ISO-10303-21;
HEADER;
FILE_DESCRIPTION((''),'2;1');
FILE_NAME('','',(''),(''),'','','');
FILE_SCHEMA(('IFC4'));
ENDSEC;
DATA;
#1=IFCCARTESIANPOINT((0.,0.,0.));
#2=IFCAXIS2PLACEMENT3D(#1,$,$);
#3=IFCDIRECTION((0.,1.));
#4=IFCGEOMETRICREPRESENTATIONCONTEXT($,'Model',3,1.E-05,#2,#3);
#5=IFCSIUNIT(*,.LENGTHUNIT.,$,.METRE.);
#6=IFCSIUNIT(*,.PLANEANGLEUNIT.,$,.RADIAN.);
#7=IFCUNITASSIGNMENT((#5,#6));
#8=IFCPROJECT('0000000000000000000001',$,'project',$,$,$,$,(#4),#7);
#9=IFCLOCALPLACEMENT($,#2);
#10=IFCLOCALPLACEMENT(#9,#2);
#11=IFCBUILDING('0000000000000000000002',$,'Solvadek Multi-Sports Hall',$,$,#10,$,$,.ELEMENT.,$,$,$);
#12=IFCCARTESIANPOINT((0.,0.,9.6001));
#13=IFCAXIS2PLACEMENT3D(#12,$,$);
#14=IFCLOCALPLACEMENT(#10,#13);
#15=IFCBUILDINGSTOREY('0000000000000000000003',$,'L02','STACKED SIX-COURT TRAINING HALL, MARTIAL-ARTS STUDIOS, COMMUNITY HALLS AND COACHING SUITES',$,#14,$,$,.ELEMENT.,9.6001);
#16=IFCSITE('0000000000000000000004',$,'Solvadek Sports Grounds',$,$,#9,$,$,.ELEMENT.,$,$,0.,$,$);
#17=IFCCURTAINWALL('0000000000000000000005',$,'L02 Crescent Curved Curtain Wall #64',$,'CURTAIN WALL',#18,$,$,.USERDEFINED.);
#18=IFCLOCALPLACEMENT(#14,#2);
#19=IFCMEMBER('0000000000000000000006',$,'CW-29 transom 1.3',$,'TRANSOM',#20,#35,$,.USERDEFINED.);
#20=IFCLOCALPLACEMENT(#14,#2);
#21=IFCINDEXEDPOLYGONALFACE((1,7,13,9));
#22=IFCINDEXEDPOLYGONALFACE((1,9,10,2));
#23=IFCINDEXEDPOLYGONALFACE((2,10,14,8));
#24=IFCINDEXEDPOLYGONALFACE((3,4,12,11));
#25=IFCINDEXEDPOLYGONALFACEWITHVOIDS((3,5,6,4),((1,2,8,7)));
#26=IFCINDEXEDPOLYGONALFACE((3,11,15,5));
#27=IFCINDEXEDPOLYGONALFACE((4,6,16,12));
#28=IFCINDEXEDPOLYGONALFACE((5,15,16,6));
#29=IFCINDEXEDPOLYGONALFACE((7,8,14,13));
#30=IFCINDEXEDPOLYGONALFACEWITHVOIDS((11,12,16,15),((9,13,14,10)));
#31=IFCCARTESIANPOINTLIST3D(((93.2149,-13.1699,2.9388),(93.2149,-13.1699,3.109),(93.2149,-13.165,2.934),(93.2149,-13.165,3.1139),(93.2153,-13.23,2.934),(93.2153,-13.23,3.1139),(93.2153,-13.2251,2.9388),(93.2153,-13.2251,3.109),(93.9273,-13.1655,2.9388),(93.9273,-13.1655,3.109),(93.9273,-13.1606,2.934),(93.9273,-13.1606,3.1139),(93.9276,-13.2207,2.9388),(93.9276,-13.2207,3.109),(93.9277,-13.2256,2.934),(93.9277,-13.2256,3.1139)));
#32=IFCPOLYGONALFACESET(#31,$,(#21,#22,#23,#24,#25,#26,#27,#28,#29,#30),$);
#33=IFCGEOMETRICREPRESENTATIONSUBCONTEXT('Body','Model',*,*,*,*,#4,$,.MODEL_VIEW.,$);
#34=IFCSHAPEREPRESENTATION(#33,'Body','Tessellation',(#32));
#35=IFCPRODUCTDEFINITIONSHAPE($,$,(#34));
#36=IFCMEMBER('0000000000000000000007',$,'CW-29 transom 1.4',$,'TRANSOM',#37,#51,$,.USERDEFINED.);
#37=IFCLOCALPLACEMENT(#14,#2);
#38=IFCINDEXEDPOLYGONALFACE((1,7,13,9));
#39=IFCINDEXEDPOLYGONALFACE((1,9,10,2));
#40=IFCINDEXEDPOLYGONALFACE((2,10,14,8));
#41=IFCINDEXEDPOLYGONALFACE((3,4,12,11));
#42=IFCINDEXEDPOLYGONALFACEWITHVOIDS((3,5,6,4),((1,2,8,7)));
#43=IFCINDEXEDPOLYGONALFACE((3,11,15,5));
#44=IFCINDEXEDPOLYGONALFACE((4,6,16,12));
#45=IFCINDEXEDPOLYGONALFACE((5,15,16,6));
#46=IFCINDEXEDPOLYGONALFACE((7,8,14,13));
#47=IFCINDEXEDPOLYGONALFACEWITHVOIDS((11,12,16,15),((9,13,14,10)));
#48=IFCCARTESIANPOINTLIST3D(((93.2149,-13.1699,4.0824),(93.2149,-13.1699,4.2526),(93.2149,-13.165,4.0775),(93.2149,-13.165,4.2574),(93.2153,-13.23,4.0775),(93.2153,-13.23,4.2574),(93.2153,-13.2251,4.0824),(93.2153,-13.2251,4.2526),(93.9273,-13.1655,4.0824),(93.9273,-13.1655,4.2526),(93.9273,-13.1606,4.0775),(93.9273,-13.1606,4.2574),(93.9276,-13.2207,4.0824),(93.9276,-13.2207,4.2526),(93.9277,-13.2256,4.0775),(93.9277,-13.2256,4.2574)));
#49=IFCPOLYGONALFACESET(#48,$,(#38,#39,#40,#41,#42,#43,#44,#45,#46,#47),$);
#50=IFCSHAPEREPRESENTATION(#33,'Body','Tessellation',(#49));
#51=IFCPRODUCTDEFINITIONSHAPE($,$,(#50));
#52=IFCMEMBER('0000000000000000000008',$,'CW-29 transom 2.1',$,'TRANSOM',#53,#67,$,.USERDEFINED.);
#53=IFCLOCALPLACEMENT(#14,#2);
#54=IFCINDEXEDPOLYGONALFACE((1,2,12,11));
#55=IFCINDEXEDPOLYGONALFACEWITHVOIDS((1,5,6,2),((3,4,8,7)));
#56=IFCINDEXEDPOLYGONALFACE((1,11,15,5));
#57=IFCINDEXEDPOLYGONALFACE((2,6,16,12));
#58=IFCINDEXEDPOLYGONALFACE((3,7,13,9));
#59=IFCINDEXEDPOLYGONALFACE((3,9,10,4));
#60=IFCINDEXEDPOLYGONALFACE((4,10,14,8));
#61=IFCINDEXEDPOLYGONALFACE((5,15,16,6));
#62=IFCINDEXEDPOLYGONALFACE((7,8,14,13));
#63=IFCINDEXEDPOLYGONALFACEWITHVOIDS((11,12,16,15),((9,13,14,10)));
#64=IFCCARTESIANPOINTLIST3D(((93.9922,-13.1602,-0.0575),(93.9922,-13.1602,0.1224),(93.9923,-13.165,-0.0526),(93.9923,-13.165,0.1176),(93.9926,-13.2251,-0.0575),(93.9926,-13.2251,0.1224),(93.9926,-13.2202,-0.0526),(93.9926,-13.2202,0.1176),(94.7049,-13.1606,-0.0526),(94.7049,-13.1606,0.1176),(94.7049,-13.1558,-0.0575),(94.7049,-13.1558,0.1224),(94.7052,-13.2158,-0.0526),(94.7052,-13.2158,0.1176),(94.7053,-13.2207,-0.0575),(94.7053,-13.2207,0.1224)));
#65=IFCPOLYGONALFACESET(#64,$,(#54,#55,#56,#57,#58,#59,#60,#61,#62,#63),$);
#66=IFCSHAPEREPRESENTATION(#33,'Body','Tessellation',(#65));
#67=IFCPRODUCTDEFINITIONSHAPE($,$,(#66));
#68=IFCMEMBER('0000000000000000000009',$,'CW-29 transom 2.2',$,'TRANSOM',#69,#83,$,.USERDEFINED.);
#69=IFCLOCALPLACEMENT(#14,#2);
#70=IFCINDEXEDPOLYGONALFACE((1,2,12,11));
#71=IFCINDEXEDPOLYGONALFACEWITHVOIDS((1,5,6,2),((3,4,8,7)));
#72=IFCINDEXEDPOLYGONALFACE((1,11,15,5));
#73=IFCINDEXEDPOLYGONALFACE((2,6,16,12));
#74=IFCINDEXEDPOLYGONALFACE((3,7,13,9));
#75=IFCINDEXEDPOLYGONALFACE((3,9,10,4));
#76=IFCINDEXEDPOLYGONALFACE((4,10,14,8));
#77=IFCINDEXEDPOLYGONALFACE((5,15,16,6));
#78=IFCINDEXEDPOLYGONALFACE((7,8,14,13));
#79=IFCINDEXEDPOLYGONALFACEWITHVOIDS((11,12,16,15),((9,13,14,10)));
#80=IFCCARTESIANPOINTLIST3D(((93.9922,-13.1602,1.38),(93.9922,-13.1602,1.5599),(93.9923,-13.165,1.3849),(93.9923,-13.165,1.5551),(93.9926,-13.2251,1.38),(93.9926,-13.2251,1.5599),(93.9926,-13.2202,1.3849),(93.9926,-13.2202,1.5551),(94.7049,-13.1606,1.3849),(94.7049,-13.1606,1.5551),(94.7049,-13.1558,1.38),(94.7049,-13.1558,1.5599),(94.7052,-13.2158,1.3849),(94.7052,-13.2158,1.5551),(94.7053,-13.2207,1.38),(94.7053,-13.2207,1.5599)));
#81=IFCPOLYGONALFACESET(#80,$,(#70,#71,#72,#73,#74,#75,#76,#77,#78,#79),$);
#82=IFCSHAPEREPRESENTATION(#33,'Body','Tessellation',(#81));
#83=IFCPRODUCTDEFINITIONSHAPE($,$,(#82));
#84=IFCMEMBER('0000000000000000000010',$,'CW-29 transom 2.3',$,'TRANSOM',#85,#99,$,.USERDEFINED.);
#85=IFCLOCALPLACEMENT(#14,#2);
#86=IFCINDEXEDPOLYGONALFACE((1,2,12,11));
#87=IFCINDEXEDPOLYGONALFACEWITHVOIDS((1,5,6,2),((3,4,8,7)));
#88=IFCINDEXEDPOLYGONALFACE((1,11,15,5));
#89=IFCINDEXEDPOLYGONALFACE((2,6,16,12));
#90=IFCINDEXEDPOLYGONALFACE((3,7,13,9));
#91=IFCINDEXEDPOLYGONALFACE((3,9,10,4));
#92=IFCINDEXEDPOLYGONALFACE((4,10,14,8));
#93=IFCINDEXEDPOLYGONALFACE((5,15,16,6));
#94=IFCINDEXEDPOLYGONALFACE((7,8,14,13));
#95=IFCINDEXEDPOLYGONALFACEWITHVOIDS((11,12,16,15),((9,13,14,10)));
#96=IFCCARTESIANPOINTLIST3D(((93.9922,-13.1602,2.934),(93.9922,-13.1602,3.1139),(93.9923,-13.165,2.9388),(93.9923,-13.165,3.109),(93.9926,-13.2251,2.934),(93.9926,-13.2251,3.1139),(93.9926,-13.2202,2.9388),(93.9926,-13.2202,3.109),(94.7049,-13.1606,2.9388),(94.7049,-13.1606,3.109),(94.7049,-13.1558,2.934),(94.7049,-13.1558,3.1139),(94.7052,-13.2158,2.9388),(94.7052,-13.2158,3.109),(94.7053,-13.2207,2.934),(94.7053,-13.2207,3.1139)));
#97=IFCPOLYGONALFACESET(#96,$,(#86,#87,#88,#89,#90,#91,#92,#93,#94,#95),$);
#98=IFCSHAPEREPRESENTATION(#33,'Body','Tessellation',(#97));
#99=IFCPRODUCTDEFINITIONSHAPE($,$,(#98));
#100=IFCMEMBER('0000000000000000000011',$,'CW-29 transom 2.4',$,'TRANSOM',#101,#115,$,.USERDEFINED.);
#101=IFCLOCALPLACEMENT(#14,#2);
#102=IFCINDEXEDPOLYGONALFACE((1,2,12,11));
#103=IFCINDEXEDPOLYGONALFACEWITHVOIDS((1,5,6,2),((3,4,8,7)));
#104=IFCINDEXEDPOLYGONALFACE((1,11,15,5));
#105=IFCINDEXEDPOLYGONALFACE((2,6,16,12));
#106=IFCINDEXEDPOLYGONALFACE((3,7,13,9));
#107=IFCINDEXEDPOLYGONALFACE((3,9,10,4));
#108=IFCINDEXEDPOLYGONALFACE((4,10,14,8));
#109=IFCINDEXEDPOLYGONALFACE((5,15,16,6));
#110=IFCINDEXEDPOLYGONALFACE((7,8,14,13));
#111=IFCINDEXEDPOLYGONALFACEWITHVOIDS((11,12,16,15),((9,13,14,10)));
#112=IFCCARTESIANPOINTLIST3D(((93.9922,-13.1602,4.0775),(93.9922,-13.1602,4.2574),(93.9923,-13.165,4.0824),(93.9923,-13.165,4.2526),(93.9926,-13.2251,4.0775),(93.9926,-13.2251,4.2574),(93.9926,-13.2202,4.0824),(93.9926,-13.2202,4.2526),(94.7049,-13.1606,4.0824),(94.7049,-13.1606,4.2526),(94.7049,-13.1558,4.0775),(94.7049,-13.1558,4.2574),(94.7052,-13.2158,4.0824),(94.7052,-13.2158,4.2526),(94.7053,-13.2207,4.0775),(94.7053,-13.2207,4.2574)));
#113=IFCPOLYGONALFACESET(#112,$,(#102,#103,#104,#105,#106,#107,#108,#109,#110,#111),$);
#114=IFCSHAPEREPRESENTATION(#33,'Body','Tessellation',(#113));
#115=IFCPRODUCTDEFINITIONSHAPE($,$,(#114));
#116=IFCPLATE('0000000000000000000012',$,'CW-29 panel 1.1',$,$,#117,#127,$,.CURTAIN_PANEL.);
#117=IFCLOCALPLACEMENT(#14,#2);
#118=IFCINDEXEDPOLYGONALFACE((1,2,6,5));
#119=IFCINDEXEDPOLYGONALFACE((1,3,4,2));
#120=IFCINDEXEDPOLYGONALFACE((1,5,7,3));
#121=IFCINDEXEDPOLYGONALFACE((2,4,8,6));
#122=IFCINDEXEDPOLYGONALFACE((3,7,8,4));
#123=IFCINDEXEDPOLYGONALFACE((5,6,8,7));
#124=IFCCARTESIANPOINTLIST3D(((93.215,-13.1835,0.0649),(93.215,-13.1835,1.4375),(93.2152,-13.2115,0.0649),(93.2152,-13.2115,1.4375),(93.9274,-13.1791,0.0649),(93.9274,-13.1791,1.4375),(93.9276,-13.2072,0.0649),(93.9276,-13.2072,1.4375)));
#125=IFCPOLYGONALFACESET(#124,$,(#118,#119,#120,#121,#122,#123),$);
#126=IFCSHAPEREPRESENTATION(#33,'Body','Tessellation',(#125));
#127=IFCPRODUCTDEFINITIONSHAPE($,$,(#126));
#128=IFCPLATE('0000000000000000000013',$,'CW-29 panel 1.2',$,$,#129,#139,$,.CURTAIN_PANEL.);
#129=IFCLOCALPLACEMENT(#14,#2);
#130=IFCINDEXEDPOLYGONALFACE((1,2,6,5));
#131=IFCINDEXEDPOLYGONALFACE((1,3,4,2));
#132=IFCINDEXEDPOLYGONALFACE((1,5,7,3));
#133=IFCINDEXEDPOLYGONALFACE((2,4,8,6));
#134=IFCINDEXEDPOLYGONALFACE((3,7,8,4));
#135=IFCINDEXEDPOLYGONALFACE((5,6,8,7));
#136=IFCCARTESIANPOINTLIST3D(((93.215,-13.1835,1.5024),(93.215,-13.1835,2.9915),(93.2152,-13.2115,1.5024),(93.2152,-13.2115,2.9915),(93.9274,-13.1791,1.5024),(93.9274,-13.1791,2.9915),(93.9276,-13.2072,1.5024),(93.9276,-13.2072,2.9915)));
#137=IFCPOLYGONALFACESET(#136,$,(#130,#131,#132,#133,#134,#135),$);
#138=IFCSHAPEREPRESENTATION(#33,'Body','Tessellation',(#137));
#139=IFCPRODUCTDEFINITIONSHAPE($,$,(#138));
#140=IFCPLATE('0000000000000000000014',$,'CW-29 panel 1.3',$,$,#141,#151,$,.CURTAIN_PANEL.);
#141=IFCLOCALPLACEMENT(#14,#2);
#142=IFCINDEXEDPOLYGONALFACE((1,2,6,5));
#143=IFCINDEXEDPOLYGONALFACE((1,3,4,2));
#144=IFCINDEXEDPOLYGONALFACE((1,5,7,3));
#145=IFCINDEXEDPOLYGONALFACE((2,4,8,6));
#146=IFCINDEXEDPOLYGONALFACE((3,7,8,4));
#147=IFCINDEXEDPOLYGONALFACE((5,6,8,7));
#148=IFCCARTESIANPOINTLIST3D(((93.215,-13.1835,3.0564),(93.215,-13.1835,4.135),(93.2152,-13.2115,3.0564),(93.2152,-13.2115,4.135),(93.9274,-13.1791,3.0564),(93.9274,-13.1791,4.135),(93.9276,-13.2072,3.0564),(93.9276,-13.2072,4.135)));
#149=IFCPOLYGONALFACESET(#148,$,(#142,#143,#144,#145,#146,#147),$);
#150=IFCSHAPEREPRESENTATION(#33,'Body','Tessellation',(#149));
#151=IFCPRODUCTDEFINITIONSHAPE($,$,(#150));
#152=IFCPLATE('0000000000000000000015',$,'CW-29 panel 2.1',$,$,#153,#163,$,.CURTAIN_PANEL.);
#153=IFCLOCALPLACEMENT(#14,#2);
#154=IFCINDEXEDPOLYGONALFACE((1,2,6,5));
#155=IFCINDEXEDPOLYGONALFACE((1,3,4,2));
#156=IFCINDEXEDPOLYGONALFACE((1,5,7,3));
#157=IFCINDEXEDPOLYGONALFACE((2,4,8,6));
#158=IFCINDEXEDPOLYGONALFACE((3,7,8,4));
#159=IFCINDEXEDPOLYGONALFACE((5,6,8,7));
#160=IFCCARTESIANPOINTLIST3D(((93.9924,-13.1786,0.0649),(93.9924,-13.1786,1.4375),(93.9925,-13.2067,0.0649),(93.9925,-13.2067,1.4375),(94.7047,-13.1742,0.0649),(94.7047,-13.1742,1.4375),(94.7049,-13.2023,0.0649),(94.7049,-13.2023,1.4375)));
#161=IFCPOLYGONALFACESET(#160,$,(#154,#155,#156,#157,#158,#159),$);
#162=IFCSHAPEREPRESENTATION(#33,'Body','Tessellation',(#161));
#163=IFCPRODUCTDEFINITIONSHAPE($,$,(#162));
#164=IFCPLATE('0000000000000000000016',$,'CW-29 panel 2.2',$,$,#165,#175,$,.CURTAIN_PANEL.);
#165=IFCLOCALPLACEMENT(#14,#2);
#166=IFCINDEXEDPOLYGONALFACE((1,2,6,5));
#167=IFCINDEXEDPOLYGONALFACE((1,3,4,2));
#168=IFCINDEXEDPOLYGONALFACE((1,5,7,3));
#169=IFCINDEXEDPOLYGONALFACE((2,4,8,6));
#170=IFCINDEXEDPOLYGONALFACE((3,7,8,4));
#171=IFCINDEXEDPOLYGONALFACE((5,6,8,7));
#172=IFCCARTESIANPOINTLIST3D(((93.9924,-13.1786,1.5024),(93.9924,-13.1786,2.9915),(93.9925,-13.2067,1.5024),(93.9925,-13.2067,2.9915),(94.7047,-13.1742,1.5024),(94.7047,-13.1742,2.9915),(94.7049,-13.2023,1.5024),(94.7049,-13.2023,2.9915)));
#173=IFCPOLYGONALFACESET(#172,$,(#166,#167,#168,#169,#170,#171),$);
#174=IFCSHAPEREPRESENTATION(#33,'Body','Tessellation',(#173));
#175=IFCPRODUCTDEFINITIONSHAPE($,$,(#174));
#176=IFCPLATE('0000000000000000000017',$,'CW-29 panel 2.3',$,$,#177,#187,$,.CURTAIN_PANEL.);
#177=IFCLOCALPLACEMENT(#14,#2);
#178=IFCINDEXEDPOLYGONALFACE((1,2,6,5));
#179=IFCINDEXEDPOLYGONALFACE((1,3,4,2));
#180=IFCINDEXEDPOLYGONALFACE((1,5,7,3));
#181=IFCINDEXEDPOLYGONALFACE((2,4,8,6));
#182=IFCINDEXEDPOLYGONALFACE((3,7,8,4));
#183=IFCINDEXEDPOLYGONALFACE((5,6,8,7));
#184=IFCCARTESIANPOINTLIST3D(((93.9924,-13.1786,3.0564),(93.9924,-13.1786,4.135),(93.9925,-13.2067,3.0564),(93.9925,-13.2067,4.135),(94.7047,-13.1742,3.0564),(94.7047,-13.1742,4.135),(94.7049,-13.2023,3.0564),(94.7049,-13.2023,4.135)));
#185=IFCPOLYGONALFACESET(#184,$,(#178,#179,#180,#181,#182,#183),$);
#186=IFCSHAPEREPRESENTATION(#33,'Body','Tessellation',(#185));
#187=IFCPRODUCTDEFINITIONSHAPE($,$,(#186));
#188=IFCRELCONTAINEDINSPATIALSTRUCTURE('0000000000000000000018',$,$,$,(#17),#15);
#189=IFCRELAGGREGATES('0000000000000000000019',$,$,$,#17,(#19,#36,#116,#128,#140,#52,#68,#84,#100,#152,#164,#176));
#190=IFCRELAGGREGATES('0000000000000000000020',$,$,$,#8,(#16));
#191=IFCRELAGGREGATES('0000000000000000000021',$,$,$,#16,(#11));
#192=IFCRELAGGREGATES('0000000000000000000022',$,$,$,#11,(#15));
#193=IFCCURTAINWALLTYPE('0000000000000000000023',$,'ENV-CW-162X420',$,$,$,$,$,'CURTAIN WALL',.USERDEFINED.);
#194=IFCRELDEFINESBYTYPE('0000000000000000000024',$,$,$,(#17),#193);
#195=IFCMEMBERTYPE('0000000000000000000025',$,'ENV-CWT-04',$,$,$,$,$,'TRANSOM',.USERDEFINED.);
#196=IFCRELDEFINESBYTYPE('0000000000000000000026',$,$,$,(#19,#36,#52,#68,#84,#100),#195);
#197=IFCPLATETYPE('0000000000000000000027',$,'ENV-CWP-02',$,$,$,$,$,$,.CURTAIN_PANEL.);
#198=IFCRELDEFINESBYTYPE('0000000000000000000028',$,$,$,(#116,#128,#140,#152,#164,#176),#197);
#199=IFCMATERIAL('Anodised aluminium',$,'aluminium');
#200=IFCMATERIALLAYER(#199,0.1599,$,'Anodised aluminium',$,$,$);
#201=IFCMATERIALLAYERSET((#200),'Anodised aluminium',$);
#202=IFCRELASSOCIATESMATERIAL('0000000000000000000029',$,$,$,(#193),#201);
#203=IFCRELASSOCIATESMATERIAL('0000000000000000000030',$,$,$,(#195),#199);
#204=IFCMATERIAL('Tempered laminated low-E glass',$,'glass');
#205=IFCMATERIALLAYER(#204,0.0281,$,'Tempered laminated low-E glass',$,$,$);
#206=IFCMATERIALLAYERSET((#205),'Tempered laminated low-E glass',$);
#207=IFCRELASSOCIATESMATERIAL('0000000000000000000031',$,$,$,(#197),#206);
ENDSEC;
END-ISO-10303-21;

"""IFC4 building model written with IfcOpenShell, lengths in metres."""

from ifc_helpers import new_model, si_unit, direction, frame, origin, origin_2d, place, context, subcontext, project, spatial, rectangle, hollow_rectangle, extrude, material, layer, layer_set, material_profile, profile_set, type_object, element, aggregate, save


model = new_model("IFC4")

# Units and contexts
model_context = context("Model", 3, precision=1e-05, world=origin(), true_north=direction((0.0, 1.0)))
body_context = subcontext(model_context, "Body", "Model", "MODEL_VIEW")
ifc_project = project(units=[si_unit("LENGTHUNIT", "METRE"), si_unit("PLANEANGLEUNIT", "RADIAN")], contexts=[model_context])

# Site, building, storey
site_placement = place(None, origin())
site = spatial("IfcSite", under=ifc_project, at=site_placement, Name="Solvadek Sports Grounds", CompositionType="ELEMENT", RefElevation=0.0)
building_placement = place(site_placement, origin())
building = spatial("IfcBuilding", under=site, at=building_placement, Name="Solvadek Multi-Sports Hall", CompositionType="ELEMENT")
storey_placement = place(building_placement, frame((0.0, 0.0, 9.6001)))
storey = spatial("IfcBuildingStorey", under=building, at=storey_placement, Name="L02", Description="STACKED SIX-COURT TRAINING HALL, MARTIAL-ARTS STUDIOS, COMMUNITY HALLS AND COACHING SUITES", CompositionType="ELEMENT", Elevation=9.6001)

# Curtain wall
ifc_material_1 = material(Name="Anodised aluminium", Category="aluminium")
ifc_layer_1 = layer(ifc_material_1, 0.1599, Name="Anodised aluminium")
ifc_layer_set_1 = layer_set([ifc_layer_1], Name="Anodised aluminium")
curtain_wall_type_1 = type_object("IfcCurtainWallType", Name="ENV-CW-162X420", ElementType="CURTAIN WALL", PredefinedType="USERDEFINED", material=ifc_layer_set_1)
curtain_wall_1_placement = place(storey_placement, origin())
curtain_wall_1 = element("IfcCurtainWall", 1, at=curtain_wall_1_placement, inside=storey, type_object=curtain_wall_type_1, Name="L02 Crescent Curved Curtain Wall #64", ObjectType="CURTAIN WALL", PredefinedType="USERDEFINED")

# Members
ifc_material_profile_1 = material_profile(ifc_material_1, hollow_rectangle(XDim=0.0649, YDim=0.1799, WallThickness=0.0049, at=origin_2d()), Name="ALU-T 180x65x5")
ifc_profile_set_1 = profile_set([ifc_material_profile_1], Name="Anodised aluminium")
member_type_1 = type_object("IfcMemberType", Name="ENV-CWT-04", ElementType="TRANSOM", PredefinedType="USERDEFINED", material=ifc_profile_set_1)
member_1_placement = place(storey_placement, frame((93.2151, -13.1975, 3.0239), z_axis=(0.999981, 0.006168, 0.0), x_axis=(-0.006168, 0.999981, 0.0)))
member_1 = element("IfcMember", 2, at=member_1_placement, type_object=member_type_1, Name="CW-29 transom 1.3", ObjectType="TRANSOM", PredefinedType="USERDEFINED", context=body_context, shape_type="SweptSolid", body=[
    extrude(hollow_rectangle(XDim=0.0649, YDim=0.1799, WallThickness=0.0049, at=origin_2d()), origin(), (0.0, 0.0, 1.0), 0.7124),
])
member_2_placement = place(storey_placement, frame((93.2151, -13.1975, 4.1675), z_axis=(0.999981, 0.006168, 0.0), x_axis=(-0.006168, 0.999981, 0.0)))
member_2 = element("IfcMember", 3, at=member_2_placement, type_object=member_type_1, Name="CW-29 transom 1.4", ObjectType="TRANSOM", PredefinedType="USERDEFINED", context=body_context, shape_type="SweptSolid", body=[
    extrude(hollow_rectangle(XDim=0.0649, YDim=0.1799, WallThickness=0.0049, at=origin_2d()), origin(), (0.0, 0.0, 1.0), 0.7124),
])
member_3_placement = place(storey_placement, frame((93.9924, -13.1926, 0.0325), z_axis=(0.999981, 0.006166, 0.0), x_axis=(-0.006166, 0.999981, 0.0)))
member_3 = element("IfcMember", 4, at=member_3_placement, type_object=member_type_1, Name="CW-29 transom 2.1", ObjectType="TRANSOM", PredefinedType="USERDEFINED", context=body_context, shape_type="SweptSolid", body=[
    extrude(hollow_rectangle(XDim=0.0649, YDim=0.1799, WallThickness=0.0049, at=origin_2d()), origin(), (0.0, 0.0, 1.0), 0.7126),
])
member_4_placement = place(storey_placement, frame((93.9924, -13.1926, 1.47), z_axis=(0.999981, 0.006166, 0.0), x_axis=(-0.006166, 0.999981, 0.0)))
member_4 = element("IfcMember", 5, at=member_4_placement, type_object=member_type_1, Name="CW-29 transom 2.2", ObjectType="TRANSOM", PredefinedType="USERDEFINED", context=body_context, shape_type="SweptSolid", body=[
    extrude(hollow_rectangle(XDim=0.0649, YDim=0.1799, WallThickness=0.0049, at=origin_2d()), origin(), (0.0, 0.0, 1.0), 0.7126),
])
member_5_placement = place(storey_placement, frame((93.9924, -13.1926, 3.0239), z_axis=(0.999981, 0.006166, 0.0), x_axis=(-0.006166, 0.999981, 0.0)))
member_5 = element("IfcMember", 6, at=member_5_placement, type_object=member_type_1, Name="CW-29 transom 2.3", ObjectType="TRANSOM", PredefinedType="USERDEFINED", context=body_context, shape_type="SweptSolid", body=[
    extrude(hollow_rectangle(XDim=0.0649, YDim=0.1799, WallThickness=0.0049, at=origin_2d()), origin(), (0.0, 0.0, 1.0), 0.7126),
])
member_6_placement = place(storey_placement, frame((93.9924, -13.1926, 4.1675), z_axis=(0.999981, 0.006166, 0.0), x_axis=(-0.006166, 0.999981, 0.0)))
member_6 = element("IfcMember", 7, at=member_6_placement, type_object=member_type_1, Name="CW-29 transom 2.4", ObjectType="TRANSOM", PredefinedType="USERDEFINED", context=body_context, shape_type="SweptSolid", body=[
    extrude(hollow_rectangle(XDim=0.0649, YDim=0.1799, WallThickness=0.0049, at=origin_2d()), origin(), (0.0, 0.0, 1.0), 0.7126),
])

# Plates
ifc_material_2 = material(Name="Tempered laminated low-E glass", Category="glass")
ifc_layer_2 = layer(ifc_material_2, 0.0281, Name="Tempered laminated low-E glass")
ifc_layer_set_2 = layer_set([ifc_layer_2], Name="Tempered laminated low-E glass")
plate_type_1 = type_object("IfcPlateType", Name="ENV-CWP-02", PredefinedType="CURTAIN_PANEL", material=ifc_layer_set_2)
plate_1_placement = place(storey_placement, frame((93.5713, -13.1953, 0.0649), z_axis=(0.0, 0.0, 1.0), x_axis=(0.999981, 0.006173, 0.0)))
plate_1 = element("IfcPlate", 8, at=plate_1_placement, type_object=plate_type_1, Name="CW-29 panel 1.1", PredefinedType="CURTAIN_PANEL", context=body_context, shape_type="SweptSolid", body=[
    extrude(rectangle(XDim=0.7124, YDim=0.0281, at=origin_2d()), origin(), (0.0, 0.0, 1.0), 1.3726),
])
plate_2_placement = place(storey_placement, frame((93.5713, -13.1953, 1.5024), z_axis=(0.0, 0.0, 1.0), x_axis=(0.999981, 0.006173, 0.0)))
plate_2 = element("IfcPlate", 9, at=plate_2_placement, type_object=plate_type_1, Name="CW-29 panel 1.2", PredefinedType="CURTAIN_PANEL", context=body_context, shape_type="SweptSolid", body=[
    extrude(rectangle(XDim=0.7124, YDim=0.0281, at=origin_2d()), origin(), (0.0, 0.0, 1.0), 1.489),
])
plate_3_placement = place(storey_placement, frame((93.5713, -13.1953, 3.0564), z_axis=(0.0, 0.0, 1.0), x_axis=(0.999981, 0.006173, 0.0)))
plate_3 = element("IfcPlate", 10, at=plate_3_placement, type_object=plate_type_1, Name="CW-29 panel 1.3", PredefinedType="CURTAIN_PANEL", context=body_context, shape_type="SweptSolid", body=[
    extrude(rectangle(XDim=0.7124, YDim=0.0281, at=origin_2d()), origin(), (0.0, 0.0, 1.0), 1.0786),
])
plate_4_placement = place(storey_placement, frame((94.3486, -13.1904, 0.0649), z_axis=(0.0, 0.0, 1.0), x_axis=(0.999981, 0.006173, 0.0)))
plate_4 = element("IfcPlate", 11, at=plate_4_placement, type_object=plate_type_1, Name="CW-29 panel 2.1", PredefinedType="CURTAIN_PANEL", context=body_context, shape_type="SweptSolid", body=[
    extrude(rectangle(XDim=0.7124, YDim=0.0281, at=origin_2d()), origin(), (0.0, 0.0, 1.0), 1.3726),
])
plate_5_placement = place(storey_placement, frame((94.3486, -13.1904, 1.5024), z_axis=(0.0, 0.0, 1.0), x_axis=(0.999981, 0.006173, 0.0)))
plate_5 = element("IfcPlate", 12, at=plate_5_placement, type_object=plate_type_1, Name="CW-29 panel 2.2", PredefinedType="CURTAIN_PANEL", context=body_context, shape_type="SweptSolid", body=[
    extrude(rectangle(XDim=0.7124, YDim=0.0281, at=origin_2d()), origin(), (0.0, 0.0, 1.0), 1.489),
])
plate_6_placement = place(storey_placement, frame((94.3486, -13.1904, 3.0564), z_axis=(0.0, 0.0, 1.0), x_axis=(0.999981, 0.006173, 0.0)))
plate_6 = element("IfcPlate", 13, at=plate_6_placement, type_object=plate_type_1, Name="CW-29 panel 2.3", PredefinedType="CURTAIN_PANEL", context=body_context, shape_type="SweptSolid", body=[
    extrude(rectangle(XDim=0.7124, YDim=0.0281, at=origin_2d()), origin(), (0.0, 0.0, 1.0), 1.0786),
])
aggregate(curtain_wall_1, [member_1, member_2, plate_1, plate_2, plate_3, member_3, member_4, member_5, member_6, plate_4, plate_5, plate_6])

save(model, "model.ifc")
